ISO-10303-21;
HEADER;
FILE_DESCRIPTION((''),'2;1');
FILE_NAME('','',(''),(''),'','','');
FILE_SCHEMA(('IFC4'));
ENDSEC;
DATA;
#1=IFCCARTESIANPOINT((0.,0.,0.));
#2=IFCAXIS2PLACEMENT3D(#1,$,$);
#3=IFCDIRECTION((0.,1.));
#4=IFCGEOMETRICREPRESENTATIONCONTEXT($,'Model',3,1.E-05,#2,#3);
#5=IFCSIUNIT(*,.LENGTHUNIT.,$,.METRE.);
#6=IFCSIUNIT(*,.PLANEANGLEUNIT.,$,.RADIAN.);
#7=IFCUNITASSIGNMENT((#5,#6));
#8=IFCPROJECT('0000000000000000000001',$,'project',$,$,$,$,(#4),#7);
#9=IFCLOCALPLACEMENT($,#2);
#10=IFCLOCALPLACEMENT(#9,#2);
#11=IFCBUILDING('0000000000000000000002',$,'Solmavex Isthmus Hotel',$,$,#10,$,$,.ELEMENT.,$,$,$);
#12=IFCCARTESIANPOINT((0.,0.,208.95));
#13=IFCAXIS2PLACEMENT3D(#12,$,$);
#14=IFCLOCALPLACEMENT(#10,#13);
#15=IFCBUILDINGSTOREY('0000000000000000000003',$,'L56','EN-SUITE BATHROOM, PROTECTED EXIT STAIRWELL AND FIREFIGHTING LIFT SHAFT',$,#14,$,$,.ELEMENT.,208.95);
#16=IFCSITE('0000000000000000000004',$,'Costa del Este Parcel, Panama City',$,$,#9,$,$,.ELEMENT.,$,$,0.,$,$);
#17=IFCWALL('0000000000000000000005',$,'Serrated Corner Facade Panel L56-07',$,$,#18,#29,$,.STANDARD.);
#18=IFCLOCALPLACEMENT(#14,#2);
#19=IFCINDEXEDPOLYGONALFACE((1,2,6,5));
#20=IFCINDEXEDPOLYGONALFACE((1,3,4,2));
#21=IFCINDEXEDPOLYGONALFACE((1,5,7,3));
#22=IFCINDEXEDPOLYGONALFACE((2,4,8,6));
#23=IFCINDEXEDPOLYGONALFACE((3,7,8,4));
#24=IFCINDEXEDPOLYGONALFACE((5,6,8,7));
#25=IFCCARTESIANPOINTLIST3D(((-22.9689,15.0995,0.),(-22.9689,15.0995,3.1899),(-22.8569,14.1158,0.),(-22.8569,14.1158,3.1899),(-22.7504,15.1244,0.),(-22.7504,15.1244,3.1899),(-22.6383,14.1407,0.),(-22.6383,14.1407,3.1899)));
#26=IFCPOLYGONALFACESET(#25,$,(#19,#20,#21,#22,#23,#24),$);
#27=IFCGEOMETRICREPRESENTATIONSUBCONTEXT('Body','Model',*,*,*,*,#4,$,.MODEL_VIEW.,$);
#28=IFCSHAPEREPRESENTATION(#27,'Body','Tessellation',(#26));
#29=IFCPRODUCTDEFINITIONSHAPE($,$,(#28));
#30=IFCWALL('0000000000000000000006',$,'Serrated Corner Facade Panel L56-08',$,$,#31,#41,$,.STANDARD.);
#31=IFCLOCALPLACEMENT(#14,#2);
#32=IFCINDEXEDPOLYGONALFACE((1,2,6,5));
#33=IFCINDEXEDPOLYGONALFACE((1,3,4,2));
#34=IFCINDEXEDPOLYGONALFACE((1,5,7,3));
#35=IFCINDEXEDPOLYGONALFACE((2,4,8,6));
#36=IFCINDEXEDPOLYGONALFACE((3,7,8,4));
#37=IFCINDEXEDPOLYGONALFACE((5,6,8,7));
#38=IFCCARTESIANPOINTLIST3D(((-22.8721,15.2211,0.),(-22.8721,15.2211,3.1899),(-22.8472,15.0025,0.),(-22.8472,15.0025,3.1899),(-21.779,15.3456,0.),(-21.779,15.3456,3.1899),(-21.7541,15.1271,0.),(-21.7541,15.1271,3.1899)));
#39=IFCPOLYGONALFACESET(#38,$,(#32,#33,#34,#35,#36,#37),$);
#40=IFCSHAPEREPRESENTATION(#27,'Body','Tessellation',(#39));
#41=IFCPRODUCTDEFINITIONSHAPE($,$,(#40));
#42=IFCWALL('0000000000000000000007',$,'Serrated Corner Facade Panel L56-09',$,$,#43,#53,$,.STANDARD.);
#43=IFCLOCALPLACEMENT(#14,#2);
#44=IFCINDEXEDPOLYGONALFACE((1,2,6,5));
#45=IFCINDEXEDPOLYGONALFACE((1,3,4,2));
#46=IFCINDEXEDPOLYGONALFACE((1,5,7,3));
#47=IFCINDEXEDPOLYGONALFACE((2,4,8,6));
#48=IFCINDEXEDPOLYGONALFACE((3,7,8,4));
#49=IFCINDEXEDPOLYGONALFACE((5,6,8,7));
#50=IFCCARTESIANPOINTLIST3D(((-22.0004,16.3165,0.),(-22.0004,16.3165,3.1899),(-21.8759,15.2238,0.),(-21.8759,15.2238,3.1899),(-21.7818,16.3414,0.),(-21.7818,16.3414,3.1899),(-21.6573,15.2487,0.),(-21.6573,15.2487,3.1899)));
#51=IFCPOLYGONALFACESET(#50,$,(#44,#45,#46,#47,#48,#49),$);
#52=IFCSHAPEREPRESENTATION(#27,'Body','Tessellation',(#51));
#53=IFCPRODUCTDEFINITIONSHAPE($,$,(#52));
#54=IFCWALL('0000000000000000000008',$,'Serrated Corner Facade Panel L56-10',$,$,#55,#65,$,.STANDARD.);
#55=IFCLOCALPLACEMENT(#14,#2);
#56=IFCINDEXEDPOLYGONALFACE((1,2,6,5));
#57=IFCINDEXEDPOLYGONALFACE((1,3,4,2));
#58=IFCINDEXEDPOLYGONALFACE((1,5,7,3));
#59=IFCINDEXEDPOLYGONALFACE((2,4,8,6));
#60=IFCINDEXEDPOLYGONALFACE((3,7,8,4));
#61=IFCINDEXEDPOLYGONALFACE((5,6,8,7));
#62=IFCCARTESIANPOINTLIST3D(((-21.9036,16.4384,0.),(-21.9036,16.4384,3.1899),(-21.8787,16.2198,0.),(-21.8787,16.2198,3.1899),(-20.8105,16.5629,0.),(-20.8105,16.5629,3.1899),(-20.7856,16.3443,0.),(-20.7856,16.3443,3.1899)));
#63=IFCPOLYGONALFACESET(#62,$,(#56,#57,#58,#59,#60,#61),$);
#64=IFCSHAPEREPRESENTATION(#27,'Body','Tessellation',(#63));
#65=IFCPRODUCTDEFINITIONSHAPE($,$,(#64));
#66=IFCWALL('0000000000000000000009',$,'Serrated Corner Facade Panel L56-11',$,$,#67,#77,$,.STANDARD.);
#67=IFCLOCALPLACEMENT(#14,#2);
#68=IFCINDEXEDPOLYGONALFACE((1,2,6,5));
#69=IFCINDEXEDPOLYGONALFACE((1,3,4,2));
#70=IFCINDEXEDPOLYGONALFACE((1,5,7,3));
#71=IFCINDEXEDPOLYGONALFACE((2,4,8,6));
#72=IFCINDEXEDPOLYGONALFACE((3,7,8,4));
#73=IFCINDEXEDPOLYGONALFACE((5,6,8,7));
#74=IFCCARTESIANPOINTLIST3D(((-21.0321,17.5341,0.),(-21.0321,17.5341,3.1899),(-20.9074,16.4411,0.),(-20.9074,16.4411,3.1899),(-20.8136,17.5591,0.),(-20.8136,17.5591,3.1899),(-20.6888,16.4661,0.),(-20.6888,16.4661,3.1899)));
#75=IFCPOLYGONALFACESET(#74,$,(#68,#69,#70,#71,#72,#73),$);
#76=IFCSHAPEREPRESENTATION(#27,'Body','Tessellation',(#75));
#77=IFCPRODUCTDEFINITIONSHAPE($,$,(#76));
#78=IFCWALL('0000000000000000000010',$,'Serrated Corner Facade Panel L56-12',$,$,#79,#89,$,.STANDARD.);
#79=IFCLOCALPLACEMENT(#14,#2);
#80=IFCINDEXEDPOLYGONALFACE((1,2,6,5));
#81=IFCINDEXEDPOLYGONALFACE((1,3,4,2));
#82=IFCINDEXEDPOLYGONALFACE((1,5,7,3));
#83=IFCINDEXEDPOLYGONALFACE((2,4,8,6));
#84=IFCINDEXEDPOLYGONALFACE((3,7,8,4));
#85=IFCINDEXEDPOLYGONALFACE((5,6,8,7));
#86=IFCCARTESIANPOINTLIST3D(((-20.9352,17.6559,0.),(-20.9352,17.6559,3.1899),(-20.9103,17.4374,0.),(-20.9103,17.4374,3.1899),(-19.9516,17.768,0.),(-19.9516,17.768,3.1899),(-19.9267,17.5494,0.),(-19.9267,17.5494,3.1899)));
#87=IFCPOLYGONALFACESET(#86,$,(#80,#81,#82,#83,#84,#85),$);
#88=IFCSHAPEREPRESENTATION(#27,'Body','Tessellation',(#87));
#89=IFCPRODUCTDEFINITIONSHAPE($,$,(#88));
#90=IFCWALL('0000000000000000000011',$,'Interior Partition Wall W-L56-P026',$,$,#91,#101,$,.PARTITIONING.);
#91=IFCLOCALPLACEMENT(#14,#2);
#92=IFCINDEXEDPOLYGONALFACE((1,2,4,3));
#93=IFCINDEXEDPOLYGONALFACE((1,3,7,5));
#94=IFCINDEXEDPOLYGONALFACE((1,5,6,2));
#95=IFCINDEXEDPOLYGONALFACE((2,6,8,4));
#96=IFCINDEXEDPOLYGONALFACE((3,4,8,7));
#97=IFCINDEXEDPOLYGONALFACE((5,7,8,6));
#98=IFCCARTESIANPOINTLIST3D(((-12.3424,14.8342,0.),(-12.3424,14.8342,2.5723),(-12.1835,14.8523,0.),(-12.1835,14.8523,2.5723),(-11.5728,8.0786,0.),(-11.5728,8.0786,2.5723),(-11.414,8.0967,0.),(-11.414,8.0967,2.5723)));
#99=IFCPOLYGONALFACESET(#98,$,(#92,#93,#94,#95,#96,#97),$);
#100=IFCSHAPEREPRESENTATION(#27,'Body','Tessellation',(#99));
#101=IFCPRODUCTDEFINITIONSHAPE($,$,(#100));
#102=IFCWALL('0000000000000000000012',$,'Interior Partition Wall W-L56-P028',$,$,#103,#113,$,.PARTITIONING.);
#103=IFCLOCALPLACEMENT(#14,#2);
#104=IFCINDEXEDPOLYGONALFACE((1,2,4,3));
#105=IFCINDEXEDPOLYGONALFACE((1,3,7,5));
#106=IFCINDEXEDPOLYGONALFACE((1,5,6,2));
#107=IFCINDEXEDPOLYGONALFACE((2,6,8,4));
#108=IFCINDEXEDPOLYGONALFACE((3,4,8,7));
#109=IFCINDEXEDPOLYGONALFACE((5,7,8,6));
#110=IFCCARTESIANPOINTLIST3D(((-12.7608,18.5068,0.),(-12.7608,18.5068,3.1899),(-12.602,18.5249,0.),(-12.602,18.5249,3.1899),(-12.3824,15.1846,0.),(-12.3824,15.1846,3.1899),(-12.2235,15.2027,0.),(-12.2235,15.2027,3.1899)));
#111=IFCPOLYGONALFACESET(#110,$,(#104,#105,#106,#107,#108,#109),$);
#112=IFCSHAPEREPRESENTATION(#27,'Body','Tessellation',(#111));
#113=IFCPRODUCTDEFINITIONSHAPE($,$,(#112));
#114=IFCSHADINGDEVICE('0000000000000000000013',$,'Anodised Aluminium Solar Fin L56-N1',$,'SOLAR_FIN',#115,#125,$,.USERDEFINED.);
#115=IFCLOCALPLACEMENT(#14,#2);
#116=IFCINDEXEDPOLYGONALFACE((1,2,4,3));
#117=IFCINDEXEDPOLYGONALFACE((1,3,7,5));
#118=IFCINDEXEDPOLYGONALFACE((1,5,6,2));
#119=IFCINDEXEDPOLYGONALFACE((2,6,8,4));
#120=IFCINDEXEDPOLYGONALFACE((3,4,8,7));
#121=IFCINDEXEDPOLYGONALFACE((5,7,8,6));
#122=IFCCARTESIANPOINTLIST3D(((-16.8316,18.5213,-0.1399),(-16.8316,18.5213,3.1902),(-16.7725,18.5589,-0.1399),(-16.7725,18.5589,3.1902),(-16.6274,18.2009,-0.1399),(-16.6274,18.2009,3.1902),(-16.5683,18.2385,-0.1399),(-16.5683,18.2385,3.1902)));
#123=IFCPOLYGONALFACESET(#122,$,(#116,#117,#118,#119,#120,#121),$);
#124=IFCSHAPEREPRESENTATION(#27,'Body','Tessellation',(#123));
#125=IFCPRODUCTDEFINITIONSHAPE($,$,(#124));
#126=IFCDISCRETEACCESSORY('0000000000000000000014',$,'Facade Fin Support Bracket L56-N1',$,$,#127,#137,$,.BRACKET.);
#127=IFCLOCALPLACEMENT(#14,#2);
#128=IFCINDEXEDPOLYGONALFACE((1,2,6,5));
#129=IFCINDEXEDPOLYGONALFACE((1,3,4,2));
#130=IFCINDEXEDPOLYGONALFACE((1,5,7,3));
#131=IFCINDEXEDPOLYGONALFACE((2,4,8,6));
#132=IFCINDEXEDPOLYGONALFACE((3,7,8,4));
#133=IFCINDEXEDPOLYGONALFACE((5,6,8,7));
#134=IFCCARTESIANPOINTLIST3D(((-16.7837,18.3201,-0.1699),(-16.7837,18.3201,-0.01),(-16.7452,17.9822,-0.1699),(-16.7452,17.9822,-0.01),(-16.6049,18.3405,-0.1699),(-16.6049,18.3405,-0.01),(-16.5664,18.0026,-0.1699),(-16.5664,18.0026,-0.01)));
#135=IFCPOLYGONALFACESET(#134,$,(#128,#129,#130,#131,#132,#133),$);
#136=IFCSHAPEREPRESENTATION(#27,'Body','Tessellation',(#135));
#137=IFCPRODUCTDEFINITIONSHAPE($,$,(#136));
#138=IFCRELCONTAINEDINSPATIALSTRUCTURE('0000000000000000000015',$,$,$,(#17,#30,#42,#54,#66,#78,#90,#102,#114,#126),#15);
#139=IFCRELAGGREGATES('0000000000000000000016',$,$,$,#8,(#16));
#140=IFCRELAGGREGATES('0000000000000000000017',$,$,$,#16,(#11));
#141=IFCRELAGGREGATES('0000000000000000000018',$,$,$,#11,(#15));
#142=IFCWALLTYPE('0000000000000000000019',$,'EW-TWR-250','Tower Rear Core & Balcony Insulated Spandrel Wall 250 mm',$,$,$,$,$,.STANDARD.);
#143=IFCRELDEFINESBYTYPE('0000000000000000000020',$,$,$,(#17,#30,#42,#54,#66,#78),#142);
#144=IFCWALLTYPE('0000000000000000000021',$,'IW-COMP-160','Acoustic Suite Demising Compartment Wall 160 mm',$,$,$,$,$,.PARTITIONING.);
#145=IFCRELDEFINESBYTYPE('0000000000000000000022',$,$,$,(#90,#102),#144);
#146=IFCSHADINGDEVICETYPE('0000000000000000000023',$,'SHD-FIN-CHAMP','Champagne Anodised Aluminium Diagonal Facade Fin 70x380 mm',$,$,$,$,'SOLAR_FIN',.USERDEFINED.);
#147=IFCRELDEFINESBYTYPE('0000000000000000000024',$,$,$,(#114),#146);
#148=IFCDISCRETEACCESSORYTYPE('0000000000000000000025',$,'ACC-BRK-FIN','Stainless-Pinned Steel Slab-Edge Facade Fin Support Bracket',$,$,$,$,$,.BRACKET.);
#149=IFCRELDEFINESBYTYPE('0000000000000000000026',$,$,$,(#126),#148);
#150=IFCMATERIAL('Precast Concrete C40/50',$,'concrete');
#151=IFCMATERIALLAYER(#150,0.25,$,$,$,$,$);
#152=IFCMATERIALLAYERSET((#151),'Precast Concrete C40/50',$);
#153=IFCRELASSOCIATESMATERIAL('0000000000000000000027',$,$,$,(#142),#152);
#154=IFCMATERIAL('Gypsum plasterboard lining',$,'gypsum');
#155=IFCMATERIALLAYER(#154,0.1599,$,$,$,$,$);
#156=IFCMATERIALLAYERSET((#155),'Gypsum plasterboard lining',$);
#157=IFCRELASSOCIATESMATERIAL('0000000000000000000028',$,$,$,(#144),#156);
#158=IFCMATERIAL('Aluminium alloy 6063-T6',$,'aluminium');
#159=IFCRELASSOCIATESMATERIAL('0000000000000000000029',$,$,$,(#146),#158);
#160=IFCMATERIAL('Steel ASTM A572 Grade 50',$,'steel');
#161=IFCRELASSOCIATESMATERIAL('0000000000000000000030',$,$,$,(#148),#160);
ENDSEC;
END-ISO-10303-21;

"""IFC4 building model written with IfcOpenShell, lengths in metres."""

from ifc_helpers import new_model, si_unit, direction, frame, frame_2d, origin, origin_2d, place, context, subcontext, project, spatial, rectangle, extrude, material, layer, layer_set, type_object, element, save


model = new_model("IFC4")

# Units and contexts
model_context = context("Model", 3, precision=1e-05, world=origin(), true_north=direction((0.0, 1.0)))
body_context = subcontext(model_context, "Body", "Model", "MODEL_VIEW")
ifc_project = project(units=[si_unit("LENGTHUNIT", "METRE"), si_unit("PLANEANGLEUNIT", "RADIAN")], contexts=[model_context])

# Site, building, storey
site_placement = place(None, origin())
site = spatial("IfcSite", under=ifc_project, at=site_placement, Name="Costa del Este Parcel, Panama City", CompositionType="ELEMENT", RefElevation=0.0)
building_placement = place(site_placement, origin())
building = spatial("IfcBuilding", under=site, at=building_placement, Name="Solmavex Isthmus Hotel", CompositionType="ELEMENT")
storey_placement = place(building_placement, frame((0.0, 0.0, 208.95)))
storey = spatial("IfcBuildingStorey", under=building, at=storey_placement, Name="L56", Description="EN-SUITE BATHROOM, PROTECTED EXIT STAIRWELL AND FIREFIGHTING LIFT SHAFT", CompositionType="ELEMENT", Elevation=208.95)

# Shared definitions
ifc_material_1 = material(Name="Aluminium alloy 6063-T6", Category="aluminium")

# Walls
ifc_material_2 = material(Name="Precast Concrete C40/50", Category="concrete")
ifc_layer_1 = layer(ifc_material_2, 0.25)
ifc_layer_set_1 = layer_set([ifc_layer_1], Name="Precast Concrete C40/50")
wall_type_1 = type_object("IfcWallType", Name="EW-TWR-250", Description="Tower Rear Core & Balcony Insulated Spandrel Wall 250 mm", PredefinedType="STANDARD", material=ifc_layer_set_1)
wall_1_placement = place(storey_placement, frame((-22.7476, 14.1282, 0.0), z_axis=(0.0, 0.0, 1.0), x_axis=(-0.113192, 0.993573, 0.0)))
element("IfcWall", 1, at=wall_1_placement, inside=storey, type_object=wall_type_1, Name="Serrated Corner Facade Panel L56-07", PredefinedType="STANDARD", context=body_context, shape_type="SweptSolid", body=[
    extrude(rectangle(XDim=0.99, YDim=0.22, at=frame_2d((0.4951, 0.0))), origin(), (0.0, 0.0, 1.0), 3.1899),
])
wall_2_placement = place(storey_placement, frame((-22.8596, 15.1118, 0.0), z_axis=(0.0, 0.0, 1.0), x_axis=(0.993574, 0.113184, 0.0)))
element("IfcWall", 2, at=wall_2_placement, inside=storey, type_object=wall_type_1, Name="Serrated Corner Facade Panel L56-08", PredefinedType="STANDARD", context=body_context, shape_type="SweptSolid", body=[
    extrude(rectangle(XDim=1.1001, YDim=0.22, at=frame_2d((0.55, 0.0))), origin(), (0.0, 0.0, 1.0), 3.1899),
])
wall_3_placement = place(storey_placement, frame((-21.7666, 15.2363, 0.0), z_axis=(0.0, 0.0, 1.0), x_axis=(-0.113209, 0.993571, 0.0)))
element("IfcWall", 3, at=wall_3_placement, inside=storey, type_object=wall_type_1, Name="Serrated Corner Facade Panel L56-09", PredefinedType="STANDARD", context=body_context, shape_type="SweptSolid", body=[
    extrude(rectangle(XDim=1.0999, YDim=0.22, at=frame_2d((0.5498, 0.0))), origin(), (0.0, 0.0, 1.0), 3.1899),
])
for number, where, z_axis, x_axis, name in (
    (4, (-21.8911, 16.3291, 0.0), (0.0, 0.0, 1.0), (0.993574, 0.113184, 0.0), "Serrated Corner Facade Panel L56-10"),
    (5, (-20.7981, 16.4536, 0.0), (0.0, 0.0, 1.0), (-0.113403, 0.993549, 0.0), "Serrated Corner Facade Panel L56-11"),
):
    element("IfcWall", number, at=place(storey_placement, frame(where, z_axis=z_axis, x_axis=x_axis)), inside=storey, type_object=wall_type_1, Name=name, PredefinedType="STANDARD", context=body_context, shape_type="SweptSolid", body=[
        extrude(rectangle(XDim=1.1001, YDim=0.22, at=frame_2d((0.55, 0.0))), origin(), (0.0, 0.0, 1.0), 3.1899),
    ])
wall_4_placement = place(storey_placement, frame((-20.9229, 17.5466, 0.0), z_axis=(0.0, 0.0, 1.0), x_axis=(0.993573, 0.113192, 0.0)))
element("IfcWall", 6, at=wall_4_placement, inside=storey, type_object=wall_type_1, Name="Serrated Corner Facade Panel L56-12", PredefinedType="STANDARD", context=body_context, shape_type="SweptSolid", body=[
    extrude(rectangle(XDim=0.99, YDim=0.22, at=frame_2d((0.4951, 0.0))), origin(), (0.0, 0.0, 1.0), 3.1899),
])
ifc_material_3 = material(Name="Gypsum plasterboard lining", Category="gypsum")
ifc_layer_2 = layer(ifc_material_3, 0.1599)
ifc_layer_set_2 = layer_set([ifc_layer_2], Name="Gypsum plasterboard lining")
wall_type_2 = type_object("IfcWallType", Name="IW-COMP-160", Description="Acoustic Suite Demising Compartment Wall 160 mm", PredefinedType="PARTITIONING", material=ifc_layer_set_2)
wall_5_placement = place(storey_placement, frame((-12.2629, 14.8433, 0.0), z_axis=(0.0, 0.0, 1.0), x_axis=(0.113178, -0.993575, 0.0)))
element("IfcWall", 7, at=wall_5_placement, inside=storey, type_object=wall_type_2, Name="Interior Partition Wall W-L56-P026", PredefinedType="PARTITIONING", context=body_context, shape_type="SweptSolid", body=[
    extrude(rectangle(XDim=6.7993, YDim=0.1599, at=frame_2d((3.3997, 0.0))), origin(), (0.0, 0.0, 1.0), 2.5723),
])
wall_6_placement = place(storey_placement, frame((-12.6814, 18.5159, 0.0), z_axis=(0.0, 0.0, 1.0), x_axis=(0.113172, -0.993575, 0.0)))
element("IfcWall", 8, at=wall_6_placement, inside=storey, type_object=wall_type_2, Name="Interior Partition Wall W-L56-P028", PredefinedType="PARTITIONING", context=body_context, shape_type="SweptSolid", body=[
    extrude(rectangle(XDim=3.3438, YDim=0.1599, at=frame_2d((1.6719, 0.0))), origin(), (0.0, 0.0, 1.0), 3.1899),
])

# Shading device
shading_device_type = type_object("IfcShadingDeviceType", Name="SHD-FIN-CHAMP", Description="Champagne Anodised Aluminium Diagonal Facade Fin 70x380 mm", ElementType="SOLAR_FIN", PredefinedType="USERDEFINED", material=ifc_material_1)
shading_device_placement = place(storey_placement, frame((-16.7, 18.3799, -0.1399), z_axis=(0.0, 0.0, 1.0), x_axis=(-0.5373, 0.843391, 0.0)))
element("IfcShadingDevice", 9, at=shading_device_placement, inside=storey, type_object=shading_device_type, Name="Anodised Aluminium Solar Fin L56-N1", ObjectType="SOLAR_FIN", PredefinedType="USERDEFINED", context=body_context, shape_type="SweptSolid", body=[
    extrude(rectangle(XDim=0.3799, YDim=0.0701, at=origin_2d()), origin(), (0.0, 0.0, 1.0), 3.3301),
])

# Discrete accessory
ifc_material_4 = material(Name="Steel ASTM A572 Grade 50", Category="steel")
discrete_accessory_type = type_object("IfcDiscreteAccessoryType", Name="ACC-BRK-FIN", Description="Stainless-Pinned Steel Slab-Edge Facade Fin Support Bracket", PredefinedType="BRACKET", material=ifc_material_4)
discrete_accessory_placement = place(storey_placement, frame((-16.675, 18.1614, -0.1699), z_axis=(0.0, 0.0, 1.0), x_axis=(-0.113203, 0.993572, 0.0)))
element("IfcDiscreteAccessory", 10, at=discrete_accessory_placement, inside=storey, type_object=discrete_accessory_type, Name="Facade Fin Support Bracket L56-N1", PredefinedType="BRACKET", context=body_context, shape_type="SweptSolid", body=[
    extrude(rectangle(XDim=0.3401, YDim=0.1799, at=origin_2d()), origin(), (0.0, 0.0, 1.0), 0.1599),
])

save(model, "model.ifc")
